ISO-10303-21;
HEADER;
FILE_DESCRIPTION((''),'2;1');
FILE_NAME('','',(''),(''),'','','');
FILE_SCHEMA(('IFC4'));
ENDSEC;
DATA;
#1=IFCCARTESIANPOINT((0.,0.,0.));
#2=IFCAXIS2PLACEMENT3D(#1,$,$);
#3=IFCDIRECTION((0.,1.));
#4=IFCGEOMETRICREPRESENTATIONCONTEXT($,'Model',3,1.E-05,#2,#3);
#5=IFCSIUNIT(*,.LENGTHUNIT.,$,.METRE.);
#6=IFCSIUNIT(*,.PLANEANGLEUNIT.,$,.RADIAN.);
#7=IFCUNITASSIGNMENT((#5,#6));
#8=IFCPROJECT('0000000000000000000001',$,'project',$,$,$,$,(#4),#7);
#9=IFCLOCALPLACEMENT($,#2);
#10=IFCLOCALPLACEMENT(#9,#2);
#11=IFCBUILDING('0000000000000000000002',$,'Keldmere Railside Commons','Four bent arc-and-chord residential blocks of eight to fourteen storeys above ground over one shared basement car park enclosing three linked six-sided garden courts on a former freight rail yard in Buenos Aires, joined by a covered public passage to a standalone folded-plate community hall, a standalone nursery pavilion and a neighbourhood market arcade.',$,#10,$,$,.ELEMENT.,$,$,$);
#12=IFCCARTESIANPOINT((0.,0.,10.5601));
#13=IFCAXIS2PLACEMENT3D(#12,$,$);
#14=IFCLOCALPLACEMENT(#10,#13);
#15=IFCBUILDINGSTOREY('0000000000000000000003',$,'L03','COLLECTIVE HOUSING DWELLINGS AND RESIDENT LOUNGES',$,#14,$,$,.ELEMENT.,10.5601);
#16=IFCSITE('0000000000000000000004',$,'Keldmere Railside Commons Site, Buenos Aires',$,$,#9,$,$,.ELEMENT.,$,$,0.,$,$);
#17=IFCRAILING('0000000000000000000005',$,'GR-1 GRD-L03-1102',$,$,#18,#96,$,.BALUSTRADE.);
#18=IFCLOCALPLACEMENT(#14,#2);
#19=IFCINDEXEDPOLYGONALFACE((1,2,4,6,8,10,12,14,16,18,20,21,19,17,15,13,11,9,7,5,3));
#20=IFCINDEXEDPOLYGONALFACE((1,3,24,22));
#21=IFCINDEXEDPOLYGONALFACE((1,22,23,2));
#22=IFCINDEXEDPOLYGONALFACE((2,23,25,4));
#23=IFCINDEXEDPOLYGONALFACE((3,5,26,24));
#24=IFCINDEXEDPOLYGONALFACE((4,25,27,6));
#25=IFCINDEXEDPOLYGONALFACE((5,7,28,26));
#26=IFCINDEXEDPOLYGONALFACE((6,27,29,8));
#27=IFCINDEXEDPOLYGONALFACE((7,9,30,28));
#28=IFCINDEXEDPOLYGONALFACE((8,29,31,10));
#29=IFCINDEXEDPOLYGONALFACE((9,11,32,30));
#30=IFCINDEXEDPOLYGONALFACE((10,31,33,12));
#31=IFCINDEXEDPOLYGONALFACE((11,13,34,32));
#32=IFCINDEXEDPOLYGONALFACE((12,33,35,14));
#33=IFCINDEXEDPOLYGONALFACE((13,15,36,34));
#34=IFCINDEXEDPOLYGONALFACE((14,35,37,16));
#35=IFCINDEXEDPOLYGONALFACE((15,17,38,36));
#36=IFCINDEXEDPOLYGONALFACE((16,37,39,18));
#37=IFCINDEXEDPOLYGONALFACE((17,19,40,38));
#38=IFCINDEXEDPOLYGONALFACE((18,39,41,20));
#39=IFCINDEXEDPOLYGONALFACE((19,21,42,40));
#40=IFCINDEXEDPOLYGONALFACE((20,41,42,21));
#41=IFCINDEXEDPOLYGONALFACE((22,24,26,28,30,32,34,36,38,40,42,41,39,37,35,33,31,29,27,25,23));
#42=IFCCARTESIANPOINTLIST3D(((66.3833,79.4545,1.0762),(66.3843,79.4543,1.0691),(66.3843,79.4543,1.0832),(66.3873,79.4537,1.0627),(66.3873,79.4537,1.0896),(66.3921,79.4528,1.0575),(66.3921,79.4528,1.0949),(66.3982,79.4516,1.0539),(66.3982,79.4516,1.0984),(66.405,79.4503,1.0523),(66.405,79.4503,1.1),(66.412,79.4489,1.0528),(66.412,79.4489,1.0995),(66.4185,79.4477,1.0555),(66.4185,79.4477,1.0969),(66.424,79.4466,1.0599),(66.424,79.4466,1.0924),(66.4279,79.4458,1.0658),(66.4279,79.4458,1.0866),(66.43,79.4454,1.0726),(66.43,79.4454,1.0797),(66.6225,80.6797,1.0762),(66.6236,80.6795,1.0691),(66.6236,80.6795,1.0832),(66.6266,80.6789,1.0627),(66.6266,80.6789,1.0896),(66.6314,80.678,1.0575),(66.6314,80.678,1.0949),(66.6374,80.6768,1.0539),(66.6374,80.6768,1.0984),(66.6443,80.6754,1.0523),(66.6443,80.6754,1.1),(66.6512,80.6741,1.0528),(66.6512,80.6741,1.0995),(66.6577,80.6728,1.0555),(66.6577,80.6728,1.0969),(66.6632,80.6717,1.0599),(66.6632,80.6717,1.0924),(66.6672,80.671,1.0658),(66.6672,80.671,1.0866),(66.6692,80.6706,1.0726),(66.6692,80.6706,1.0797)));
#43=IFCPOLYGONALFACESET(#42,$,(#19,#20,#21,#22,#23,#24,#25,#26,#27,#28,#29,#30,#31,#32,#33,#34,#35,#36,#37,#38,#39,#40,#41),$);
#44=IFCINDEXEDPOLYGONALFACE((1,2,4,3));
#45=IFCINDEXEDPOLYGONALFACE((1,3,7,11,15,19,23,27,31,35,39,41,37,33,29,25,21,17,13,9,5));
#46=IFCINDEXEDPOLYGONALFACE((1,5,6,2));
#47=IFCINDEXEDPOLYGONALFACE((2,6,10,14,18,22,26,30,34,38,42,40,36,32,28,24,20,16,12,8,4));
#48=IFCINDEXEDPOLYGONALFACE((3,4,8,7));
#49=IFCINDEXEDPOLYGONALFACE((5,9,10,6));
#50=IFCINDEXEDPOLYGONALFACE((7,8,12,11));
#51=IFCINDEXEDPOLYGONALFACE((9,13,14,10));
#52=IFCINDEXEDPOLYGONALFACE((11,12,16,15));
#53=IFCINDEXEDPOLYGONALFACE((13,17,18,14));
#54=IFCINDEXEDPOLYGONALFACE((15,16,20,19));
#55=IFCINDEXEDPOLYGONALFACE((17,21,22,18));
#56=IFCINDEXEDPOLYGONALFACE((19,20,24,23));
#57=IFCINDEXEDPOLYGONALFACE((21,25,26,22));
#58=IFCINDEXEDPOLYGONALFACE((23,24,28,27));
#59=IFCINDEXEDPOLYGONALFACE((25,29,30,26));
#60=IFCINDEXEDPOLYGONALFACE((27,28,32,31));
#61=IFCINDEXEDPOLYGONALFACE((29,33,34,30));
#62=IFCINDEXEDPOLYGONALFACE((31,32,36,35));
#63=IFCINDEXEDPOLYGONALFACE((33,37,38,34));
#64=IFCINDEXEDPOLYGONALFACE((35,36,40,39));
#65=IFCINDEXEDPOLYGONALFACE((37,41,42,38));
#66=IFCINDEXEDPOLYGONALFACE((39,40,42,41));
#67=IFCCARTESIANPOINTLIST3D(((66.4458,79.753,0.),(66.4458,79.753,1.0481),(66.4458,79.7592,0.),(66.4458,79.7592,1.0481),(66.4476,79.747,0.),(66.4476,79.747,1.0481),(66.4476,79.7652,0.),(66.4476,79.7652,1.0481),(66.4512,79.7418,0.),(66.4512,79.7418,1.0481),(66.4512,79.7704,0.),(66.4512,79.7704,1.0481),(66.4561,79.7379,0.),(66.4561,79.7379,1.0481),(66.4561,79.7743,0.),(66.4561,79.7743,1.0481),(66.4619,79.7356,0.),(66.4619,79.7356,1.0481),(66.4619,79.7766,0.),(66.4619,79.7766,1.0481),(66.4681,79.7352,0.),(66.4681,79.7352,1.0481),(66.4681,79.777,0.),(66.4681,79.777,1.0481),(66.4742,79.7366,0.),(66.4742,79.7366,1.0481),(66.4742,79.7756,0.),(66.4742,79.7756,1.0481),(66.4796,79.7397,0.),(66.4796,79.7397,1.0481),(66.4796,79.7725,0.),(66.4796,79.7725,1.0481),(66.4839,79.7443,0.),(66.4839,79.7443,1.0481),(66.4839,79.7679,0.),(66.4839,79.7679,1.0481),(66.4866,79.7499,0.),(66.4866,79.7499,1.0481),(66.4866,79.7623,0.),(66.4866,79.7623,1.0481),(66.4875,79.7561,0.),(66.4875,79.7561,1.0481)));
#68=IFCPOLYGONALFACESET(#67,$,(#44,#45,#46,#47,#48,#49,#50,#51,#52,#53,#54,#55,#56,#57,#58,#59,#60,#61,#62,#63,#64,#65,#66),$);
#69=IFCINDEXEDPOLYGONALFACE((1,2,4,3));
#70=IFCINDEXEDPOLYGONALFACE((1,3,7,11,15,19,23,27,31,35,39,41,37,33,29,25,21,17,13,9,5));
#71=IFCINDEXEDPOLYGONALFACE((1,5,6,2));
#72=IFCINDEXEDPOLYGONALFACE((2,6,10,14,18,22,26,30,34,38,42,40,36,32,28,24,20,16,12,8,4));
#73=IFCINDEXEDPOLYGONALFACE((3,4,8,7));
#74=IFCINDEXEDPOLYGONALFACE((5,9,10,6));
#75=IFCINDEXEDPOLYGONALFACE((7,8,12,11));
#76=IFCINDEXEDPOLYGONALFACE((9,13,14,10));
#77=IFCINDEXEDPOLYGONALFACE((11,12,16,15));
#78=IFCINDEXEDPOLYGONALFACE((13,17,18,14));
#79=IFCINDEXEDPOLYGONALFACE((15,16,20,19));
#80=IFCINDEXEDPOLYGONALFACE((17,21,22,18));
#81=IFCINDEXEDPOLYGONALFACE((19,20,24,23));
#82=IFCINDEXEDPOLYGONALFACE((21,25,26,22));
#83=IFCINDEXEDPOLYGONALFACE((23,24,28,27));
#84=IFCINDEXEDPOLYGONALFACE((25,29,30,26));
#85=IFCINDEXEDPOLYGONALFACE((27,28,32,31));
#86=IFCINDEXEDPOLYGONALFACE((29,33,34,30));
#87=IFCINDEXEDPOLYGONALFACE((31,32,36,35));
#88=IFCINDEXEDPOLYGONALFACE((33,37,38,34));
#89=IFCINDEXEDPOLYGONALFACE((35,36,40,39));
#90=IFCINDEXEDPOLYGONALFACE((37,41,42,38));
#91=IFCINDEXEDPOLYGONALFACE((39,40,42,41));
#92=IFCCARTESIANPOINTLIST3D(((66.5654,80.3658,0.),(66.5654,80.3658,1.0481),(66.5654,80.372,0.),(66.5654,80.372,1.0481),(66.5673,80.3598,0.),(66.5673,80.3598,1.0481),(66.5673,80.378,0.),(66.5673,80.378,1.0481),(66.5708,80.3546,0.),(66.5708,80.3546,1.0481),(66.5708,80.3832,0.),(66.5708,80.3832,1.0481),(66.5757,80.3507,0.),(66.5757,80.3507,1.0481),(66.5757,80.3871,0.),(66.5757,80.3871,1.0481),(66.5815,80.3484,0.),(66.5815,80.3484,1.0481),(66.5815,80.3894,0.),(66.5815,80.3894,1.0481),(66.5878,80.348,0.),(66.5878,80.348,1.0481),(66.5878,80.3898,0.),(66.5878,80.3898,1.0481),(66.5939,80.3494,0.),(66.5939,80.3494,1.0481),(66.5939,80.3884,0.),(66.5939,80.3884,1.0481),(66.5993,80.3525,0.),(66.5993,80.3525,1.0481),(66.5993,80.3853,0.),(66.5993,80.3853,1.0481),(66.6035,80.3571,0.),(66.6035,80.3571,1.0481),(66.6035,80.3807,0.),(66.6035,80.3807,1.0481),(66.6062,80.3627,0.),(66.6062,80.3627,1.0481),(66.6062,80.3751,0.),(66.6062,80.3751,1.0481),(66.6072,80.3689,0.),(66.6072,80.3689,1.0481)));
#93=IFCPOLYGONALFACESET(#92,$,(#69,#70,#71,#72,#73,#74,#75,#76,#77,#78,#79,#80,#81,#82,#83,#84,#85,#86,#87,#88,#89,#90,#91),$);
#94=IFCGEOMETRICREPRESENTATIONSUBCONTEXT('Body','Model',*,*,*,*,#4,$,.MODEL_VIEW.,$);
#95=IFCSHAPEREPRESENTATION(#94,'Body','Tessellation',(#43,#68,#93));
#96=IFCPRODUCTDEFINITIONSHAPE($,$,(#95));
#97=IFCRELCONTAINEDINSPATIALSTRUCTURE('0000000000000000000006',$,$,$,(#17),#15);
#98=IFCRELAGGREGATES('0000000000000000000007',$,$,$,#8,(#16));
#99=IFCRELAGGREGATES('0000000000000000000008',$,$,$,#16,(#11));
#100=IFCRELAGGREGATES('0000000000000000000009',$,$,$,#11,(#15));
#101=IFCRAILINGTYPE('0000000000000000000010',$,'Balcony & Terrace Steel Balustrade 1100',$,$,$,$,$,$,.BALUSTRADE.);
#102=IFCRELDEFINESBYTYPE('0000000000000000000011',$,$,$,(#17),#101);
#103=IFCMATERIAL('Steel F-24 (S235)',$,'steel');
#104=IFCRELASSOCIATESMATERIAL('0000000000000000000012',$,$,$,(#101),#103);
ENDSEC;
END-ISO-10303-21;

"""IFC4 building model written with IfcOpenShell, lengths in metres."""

from ifc_helpers import new_model, si_unit, direction, frame, origin, origin_2d, place, context, subcontext, project, spatial, circle, extrude, material, type_object, element, save


model = new_model("IFC4")

# Units and contexts
model_context = context("Model", 3, precision=1e-05, world=origin(), true_north=direction((0.0, 1.0)))
body_context = subcontext(model_context, "Body", "Model", "MODEL_VIEW")
ifc_project = project(units=[si_unit("LENGTHUNIT", "METRE"), si_unit("PLANEANGLEUNIT", "RADIAN")], contexts=[model_context])

# Site, building, storey
site_placement = place(None, origin())
site = spatial("IfcSite", under=ifc_project, at=site_placement, Name="Keldmere Railside Commons Site, Buenos Aires", CompositionType="ELEMENT", RefElevation=0.0)
building_placement = place(site_placement, origin())
building = spatial("IfcBuilding", under=site, at=building_placement, Name="Keldmere Railside Commons", Description="Four bent arc-and-chord residential blocks of eight to fourteen storeys above ground over one shared basement car park enclosing three linked six-sided garden courts on a former freight rail yard in Buenos Aires, joined by a covered public passage to a standalone folded-plate community hall, a standalone nursery pavilion and a neighbourhood market arcade.", CompositionType="ELEMENT")
storey_placement = place(building_placement, frame((0.0, 0.0, 10.5601)))
storey = spatial("IfcBuildingStorey", under=building, at=storey_placement, Name="L03", Description="COLLECTIVE HOUSING DWELLINGS AND RESIDENT LOUNGES", CompositionType="ELEMENT", Elevation=10.5601)

# Railing
ifc_material_1 = material(Name="Steel F-24 (S235)", Category="steel")
railing_type = type_object("IfcRailingType", Name="Balcony & Terrace Steel Balustrade 1100", PredefinedType="BALUSTRADE", material=ifc_material_1)
railing_1_placement = place(storey_placement, frame((66.4067, 79.45, 0.0)))
element("IfcRailing", 1, at=railing_1_placement, inside=storey, type_object=railing_type, Name="GR-1 GRD-L03-1102", PredefinedType="BALUSTRADE", context=body_context, shape_type="SweptSolid", body=[
    extrude(circle(Radius=0.0239, at=origin_2d()), frame((0.0, 0.0, 1.0762), z_axis=(0.191676, 0.981458, 0.0), x_axis=(-0.981458, 0.191676, 0.0)), (0.0, 0.0, 1.0), 1.2483),
    extrude(circle(Radius=0.021, at=origin_2d()), frame((0.0598, 0.3062, 0.0)), (0.0, 0.0, 1.0), 1.0481),
    extrude(circle(Radius=0.021, at=origin_2d()), frame((0.1794, 0.9189, 0.0)), (0.0, 0.0, 1.0), 1.0481),
])

save(model, "model.ifc")
